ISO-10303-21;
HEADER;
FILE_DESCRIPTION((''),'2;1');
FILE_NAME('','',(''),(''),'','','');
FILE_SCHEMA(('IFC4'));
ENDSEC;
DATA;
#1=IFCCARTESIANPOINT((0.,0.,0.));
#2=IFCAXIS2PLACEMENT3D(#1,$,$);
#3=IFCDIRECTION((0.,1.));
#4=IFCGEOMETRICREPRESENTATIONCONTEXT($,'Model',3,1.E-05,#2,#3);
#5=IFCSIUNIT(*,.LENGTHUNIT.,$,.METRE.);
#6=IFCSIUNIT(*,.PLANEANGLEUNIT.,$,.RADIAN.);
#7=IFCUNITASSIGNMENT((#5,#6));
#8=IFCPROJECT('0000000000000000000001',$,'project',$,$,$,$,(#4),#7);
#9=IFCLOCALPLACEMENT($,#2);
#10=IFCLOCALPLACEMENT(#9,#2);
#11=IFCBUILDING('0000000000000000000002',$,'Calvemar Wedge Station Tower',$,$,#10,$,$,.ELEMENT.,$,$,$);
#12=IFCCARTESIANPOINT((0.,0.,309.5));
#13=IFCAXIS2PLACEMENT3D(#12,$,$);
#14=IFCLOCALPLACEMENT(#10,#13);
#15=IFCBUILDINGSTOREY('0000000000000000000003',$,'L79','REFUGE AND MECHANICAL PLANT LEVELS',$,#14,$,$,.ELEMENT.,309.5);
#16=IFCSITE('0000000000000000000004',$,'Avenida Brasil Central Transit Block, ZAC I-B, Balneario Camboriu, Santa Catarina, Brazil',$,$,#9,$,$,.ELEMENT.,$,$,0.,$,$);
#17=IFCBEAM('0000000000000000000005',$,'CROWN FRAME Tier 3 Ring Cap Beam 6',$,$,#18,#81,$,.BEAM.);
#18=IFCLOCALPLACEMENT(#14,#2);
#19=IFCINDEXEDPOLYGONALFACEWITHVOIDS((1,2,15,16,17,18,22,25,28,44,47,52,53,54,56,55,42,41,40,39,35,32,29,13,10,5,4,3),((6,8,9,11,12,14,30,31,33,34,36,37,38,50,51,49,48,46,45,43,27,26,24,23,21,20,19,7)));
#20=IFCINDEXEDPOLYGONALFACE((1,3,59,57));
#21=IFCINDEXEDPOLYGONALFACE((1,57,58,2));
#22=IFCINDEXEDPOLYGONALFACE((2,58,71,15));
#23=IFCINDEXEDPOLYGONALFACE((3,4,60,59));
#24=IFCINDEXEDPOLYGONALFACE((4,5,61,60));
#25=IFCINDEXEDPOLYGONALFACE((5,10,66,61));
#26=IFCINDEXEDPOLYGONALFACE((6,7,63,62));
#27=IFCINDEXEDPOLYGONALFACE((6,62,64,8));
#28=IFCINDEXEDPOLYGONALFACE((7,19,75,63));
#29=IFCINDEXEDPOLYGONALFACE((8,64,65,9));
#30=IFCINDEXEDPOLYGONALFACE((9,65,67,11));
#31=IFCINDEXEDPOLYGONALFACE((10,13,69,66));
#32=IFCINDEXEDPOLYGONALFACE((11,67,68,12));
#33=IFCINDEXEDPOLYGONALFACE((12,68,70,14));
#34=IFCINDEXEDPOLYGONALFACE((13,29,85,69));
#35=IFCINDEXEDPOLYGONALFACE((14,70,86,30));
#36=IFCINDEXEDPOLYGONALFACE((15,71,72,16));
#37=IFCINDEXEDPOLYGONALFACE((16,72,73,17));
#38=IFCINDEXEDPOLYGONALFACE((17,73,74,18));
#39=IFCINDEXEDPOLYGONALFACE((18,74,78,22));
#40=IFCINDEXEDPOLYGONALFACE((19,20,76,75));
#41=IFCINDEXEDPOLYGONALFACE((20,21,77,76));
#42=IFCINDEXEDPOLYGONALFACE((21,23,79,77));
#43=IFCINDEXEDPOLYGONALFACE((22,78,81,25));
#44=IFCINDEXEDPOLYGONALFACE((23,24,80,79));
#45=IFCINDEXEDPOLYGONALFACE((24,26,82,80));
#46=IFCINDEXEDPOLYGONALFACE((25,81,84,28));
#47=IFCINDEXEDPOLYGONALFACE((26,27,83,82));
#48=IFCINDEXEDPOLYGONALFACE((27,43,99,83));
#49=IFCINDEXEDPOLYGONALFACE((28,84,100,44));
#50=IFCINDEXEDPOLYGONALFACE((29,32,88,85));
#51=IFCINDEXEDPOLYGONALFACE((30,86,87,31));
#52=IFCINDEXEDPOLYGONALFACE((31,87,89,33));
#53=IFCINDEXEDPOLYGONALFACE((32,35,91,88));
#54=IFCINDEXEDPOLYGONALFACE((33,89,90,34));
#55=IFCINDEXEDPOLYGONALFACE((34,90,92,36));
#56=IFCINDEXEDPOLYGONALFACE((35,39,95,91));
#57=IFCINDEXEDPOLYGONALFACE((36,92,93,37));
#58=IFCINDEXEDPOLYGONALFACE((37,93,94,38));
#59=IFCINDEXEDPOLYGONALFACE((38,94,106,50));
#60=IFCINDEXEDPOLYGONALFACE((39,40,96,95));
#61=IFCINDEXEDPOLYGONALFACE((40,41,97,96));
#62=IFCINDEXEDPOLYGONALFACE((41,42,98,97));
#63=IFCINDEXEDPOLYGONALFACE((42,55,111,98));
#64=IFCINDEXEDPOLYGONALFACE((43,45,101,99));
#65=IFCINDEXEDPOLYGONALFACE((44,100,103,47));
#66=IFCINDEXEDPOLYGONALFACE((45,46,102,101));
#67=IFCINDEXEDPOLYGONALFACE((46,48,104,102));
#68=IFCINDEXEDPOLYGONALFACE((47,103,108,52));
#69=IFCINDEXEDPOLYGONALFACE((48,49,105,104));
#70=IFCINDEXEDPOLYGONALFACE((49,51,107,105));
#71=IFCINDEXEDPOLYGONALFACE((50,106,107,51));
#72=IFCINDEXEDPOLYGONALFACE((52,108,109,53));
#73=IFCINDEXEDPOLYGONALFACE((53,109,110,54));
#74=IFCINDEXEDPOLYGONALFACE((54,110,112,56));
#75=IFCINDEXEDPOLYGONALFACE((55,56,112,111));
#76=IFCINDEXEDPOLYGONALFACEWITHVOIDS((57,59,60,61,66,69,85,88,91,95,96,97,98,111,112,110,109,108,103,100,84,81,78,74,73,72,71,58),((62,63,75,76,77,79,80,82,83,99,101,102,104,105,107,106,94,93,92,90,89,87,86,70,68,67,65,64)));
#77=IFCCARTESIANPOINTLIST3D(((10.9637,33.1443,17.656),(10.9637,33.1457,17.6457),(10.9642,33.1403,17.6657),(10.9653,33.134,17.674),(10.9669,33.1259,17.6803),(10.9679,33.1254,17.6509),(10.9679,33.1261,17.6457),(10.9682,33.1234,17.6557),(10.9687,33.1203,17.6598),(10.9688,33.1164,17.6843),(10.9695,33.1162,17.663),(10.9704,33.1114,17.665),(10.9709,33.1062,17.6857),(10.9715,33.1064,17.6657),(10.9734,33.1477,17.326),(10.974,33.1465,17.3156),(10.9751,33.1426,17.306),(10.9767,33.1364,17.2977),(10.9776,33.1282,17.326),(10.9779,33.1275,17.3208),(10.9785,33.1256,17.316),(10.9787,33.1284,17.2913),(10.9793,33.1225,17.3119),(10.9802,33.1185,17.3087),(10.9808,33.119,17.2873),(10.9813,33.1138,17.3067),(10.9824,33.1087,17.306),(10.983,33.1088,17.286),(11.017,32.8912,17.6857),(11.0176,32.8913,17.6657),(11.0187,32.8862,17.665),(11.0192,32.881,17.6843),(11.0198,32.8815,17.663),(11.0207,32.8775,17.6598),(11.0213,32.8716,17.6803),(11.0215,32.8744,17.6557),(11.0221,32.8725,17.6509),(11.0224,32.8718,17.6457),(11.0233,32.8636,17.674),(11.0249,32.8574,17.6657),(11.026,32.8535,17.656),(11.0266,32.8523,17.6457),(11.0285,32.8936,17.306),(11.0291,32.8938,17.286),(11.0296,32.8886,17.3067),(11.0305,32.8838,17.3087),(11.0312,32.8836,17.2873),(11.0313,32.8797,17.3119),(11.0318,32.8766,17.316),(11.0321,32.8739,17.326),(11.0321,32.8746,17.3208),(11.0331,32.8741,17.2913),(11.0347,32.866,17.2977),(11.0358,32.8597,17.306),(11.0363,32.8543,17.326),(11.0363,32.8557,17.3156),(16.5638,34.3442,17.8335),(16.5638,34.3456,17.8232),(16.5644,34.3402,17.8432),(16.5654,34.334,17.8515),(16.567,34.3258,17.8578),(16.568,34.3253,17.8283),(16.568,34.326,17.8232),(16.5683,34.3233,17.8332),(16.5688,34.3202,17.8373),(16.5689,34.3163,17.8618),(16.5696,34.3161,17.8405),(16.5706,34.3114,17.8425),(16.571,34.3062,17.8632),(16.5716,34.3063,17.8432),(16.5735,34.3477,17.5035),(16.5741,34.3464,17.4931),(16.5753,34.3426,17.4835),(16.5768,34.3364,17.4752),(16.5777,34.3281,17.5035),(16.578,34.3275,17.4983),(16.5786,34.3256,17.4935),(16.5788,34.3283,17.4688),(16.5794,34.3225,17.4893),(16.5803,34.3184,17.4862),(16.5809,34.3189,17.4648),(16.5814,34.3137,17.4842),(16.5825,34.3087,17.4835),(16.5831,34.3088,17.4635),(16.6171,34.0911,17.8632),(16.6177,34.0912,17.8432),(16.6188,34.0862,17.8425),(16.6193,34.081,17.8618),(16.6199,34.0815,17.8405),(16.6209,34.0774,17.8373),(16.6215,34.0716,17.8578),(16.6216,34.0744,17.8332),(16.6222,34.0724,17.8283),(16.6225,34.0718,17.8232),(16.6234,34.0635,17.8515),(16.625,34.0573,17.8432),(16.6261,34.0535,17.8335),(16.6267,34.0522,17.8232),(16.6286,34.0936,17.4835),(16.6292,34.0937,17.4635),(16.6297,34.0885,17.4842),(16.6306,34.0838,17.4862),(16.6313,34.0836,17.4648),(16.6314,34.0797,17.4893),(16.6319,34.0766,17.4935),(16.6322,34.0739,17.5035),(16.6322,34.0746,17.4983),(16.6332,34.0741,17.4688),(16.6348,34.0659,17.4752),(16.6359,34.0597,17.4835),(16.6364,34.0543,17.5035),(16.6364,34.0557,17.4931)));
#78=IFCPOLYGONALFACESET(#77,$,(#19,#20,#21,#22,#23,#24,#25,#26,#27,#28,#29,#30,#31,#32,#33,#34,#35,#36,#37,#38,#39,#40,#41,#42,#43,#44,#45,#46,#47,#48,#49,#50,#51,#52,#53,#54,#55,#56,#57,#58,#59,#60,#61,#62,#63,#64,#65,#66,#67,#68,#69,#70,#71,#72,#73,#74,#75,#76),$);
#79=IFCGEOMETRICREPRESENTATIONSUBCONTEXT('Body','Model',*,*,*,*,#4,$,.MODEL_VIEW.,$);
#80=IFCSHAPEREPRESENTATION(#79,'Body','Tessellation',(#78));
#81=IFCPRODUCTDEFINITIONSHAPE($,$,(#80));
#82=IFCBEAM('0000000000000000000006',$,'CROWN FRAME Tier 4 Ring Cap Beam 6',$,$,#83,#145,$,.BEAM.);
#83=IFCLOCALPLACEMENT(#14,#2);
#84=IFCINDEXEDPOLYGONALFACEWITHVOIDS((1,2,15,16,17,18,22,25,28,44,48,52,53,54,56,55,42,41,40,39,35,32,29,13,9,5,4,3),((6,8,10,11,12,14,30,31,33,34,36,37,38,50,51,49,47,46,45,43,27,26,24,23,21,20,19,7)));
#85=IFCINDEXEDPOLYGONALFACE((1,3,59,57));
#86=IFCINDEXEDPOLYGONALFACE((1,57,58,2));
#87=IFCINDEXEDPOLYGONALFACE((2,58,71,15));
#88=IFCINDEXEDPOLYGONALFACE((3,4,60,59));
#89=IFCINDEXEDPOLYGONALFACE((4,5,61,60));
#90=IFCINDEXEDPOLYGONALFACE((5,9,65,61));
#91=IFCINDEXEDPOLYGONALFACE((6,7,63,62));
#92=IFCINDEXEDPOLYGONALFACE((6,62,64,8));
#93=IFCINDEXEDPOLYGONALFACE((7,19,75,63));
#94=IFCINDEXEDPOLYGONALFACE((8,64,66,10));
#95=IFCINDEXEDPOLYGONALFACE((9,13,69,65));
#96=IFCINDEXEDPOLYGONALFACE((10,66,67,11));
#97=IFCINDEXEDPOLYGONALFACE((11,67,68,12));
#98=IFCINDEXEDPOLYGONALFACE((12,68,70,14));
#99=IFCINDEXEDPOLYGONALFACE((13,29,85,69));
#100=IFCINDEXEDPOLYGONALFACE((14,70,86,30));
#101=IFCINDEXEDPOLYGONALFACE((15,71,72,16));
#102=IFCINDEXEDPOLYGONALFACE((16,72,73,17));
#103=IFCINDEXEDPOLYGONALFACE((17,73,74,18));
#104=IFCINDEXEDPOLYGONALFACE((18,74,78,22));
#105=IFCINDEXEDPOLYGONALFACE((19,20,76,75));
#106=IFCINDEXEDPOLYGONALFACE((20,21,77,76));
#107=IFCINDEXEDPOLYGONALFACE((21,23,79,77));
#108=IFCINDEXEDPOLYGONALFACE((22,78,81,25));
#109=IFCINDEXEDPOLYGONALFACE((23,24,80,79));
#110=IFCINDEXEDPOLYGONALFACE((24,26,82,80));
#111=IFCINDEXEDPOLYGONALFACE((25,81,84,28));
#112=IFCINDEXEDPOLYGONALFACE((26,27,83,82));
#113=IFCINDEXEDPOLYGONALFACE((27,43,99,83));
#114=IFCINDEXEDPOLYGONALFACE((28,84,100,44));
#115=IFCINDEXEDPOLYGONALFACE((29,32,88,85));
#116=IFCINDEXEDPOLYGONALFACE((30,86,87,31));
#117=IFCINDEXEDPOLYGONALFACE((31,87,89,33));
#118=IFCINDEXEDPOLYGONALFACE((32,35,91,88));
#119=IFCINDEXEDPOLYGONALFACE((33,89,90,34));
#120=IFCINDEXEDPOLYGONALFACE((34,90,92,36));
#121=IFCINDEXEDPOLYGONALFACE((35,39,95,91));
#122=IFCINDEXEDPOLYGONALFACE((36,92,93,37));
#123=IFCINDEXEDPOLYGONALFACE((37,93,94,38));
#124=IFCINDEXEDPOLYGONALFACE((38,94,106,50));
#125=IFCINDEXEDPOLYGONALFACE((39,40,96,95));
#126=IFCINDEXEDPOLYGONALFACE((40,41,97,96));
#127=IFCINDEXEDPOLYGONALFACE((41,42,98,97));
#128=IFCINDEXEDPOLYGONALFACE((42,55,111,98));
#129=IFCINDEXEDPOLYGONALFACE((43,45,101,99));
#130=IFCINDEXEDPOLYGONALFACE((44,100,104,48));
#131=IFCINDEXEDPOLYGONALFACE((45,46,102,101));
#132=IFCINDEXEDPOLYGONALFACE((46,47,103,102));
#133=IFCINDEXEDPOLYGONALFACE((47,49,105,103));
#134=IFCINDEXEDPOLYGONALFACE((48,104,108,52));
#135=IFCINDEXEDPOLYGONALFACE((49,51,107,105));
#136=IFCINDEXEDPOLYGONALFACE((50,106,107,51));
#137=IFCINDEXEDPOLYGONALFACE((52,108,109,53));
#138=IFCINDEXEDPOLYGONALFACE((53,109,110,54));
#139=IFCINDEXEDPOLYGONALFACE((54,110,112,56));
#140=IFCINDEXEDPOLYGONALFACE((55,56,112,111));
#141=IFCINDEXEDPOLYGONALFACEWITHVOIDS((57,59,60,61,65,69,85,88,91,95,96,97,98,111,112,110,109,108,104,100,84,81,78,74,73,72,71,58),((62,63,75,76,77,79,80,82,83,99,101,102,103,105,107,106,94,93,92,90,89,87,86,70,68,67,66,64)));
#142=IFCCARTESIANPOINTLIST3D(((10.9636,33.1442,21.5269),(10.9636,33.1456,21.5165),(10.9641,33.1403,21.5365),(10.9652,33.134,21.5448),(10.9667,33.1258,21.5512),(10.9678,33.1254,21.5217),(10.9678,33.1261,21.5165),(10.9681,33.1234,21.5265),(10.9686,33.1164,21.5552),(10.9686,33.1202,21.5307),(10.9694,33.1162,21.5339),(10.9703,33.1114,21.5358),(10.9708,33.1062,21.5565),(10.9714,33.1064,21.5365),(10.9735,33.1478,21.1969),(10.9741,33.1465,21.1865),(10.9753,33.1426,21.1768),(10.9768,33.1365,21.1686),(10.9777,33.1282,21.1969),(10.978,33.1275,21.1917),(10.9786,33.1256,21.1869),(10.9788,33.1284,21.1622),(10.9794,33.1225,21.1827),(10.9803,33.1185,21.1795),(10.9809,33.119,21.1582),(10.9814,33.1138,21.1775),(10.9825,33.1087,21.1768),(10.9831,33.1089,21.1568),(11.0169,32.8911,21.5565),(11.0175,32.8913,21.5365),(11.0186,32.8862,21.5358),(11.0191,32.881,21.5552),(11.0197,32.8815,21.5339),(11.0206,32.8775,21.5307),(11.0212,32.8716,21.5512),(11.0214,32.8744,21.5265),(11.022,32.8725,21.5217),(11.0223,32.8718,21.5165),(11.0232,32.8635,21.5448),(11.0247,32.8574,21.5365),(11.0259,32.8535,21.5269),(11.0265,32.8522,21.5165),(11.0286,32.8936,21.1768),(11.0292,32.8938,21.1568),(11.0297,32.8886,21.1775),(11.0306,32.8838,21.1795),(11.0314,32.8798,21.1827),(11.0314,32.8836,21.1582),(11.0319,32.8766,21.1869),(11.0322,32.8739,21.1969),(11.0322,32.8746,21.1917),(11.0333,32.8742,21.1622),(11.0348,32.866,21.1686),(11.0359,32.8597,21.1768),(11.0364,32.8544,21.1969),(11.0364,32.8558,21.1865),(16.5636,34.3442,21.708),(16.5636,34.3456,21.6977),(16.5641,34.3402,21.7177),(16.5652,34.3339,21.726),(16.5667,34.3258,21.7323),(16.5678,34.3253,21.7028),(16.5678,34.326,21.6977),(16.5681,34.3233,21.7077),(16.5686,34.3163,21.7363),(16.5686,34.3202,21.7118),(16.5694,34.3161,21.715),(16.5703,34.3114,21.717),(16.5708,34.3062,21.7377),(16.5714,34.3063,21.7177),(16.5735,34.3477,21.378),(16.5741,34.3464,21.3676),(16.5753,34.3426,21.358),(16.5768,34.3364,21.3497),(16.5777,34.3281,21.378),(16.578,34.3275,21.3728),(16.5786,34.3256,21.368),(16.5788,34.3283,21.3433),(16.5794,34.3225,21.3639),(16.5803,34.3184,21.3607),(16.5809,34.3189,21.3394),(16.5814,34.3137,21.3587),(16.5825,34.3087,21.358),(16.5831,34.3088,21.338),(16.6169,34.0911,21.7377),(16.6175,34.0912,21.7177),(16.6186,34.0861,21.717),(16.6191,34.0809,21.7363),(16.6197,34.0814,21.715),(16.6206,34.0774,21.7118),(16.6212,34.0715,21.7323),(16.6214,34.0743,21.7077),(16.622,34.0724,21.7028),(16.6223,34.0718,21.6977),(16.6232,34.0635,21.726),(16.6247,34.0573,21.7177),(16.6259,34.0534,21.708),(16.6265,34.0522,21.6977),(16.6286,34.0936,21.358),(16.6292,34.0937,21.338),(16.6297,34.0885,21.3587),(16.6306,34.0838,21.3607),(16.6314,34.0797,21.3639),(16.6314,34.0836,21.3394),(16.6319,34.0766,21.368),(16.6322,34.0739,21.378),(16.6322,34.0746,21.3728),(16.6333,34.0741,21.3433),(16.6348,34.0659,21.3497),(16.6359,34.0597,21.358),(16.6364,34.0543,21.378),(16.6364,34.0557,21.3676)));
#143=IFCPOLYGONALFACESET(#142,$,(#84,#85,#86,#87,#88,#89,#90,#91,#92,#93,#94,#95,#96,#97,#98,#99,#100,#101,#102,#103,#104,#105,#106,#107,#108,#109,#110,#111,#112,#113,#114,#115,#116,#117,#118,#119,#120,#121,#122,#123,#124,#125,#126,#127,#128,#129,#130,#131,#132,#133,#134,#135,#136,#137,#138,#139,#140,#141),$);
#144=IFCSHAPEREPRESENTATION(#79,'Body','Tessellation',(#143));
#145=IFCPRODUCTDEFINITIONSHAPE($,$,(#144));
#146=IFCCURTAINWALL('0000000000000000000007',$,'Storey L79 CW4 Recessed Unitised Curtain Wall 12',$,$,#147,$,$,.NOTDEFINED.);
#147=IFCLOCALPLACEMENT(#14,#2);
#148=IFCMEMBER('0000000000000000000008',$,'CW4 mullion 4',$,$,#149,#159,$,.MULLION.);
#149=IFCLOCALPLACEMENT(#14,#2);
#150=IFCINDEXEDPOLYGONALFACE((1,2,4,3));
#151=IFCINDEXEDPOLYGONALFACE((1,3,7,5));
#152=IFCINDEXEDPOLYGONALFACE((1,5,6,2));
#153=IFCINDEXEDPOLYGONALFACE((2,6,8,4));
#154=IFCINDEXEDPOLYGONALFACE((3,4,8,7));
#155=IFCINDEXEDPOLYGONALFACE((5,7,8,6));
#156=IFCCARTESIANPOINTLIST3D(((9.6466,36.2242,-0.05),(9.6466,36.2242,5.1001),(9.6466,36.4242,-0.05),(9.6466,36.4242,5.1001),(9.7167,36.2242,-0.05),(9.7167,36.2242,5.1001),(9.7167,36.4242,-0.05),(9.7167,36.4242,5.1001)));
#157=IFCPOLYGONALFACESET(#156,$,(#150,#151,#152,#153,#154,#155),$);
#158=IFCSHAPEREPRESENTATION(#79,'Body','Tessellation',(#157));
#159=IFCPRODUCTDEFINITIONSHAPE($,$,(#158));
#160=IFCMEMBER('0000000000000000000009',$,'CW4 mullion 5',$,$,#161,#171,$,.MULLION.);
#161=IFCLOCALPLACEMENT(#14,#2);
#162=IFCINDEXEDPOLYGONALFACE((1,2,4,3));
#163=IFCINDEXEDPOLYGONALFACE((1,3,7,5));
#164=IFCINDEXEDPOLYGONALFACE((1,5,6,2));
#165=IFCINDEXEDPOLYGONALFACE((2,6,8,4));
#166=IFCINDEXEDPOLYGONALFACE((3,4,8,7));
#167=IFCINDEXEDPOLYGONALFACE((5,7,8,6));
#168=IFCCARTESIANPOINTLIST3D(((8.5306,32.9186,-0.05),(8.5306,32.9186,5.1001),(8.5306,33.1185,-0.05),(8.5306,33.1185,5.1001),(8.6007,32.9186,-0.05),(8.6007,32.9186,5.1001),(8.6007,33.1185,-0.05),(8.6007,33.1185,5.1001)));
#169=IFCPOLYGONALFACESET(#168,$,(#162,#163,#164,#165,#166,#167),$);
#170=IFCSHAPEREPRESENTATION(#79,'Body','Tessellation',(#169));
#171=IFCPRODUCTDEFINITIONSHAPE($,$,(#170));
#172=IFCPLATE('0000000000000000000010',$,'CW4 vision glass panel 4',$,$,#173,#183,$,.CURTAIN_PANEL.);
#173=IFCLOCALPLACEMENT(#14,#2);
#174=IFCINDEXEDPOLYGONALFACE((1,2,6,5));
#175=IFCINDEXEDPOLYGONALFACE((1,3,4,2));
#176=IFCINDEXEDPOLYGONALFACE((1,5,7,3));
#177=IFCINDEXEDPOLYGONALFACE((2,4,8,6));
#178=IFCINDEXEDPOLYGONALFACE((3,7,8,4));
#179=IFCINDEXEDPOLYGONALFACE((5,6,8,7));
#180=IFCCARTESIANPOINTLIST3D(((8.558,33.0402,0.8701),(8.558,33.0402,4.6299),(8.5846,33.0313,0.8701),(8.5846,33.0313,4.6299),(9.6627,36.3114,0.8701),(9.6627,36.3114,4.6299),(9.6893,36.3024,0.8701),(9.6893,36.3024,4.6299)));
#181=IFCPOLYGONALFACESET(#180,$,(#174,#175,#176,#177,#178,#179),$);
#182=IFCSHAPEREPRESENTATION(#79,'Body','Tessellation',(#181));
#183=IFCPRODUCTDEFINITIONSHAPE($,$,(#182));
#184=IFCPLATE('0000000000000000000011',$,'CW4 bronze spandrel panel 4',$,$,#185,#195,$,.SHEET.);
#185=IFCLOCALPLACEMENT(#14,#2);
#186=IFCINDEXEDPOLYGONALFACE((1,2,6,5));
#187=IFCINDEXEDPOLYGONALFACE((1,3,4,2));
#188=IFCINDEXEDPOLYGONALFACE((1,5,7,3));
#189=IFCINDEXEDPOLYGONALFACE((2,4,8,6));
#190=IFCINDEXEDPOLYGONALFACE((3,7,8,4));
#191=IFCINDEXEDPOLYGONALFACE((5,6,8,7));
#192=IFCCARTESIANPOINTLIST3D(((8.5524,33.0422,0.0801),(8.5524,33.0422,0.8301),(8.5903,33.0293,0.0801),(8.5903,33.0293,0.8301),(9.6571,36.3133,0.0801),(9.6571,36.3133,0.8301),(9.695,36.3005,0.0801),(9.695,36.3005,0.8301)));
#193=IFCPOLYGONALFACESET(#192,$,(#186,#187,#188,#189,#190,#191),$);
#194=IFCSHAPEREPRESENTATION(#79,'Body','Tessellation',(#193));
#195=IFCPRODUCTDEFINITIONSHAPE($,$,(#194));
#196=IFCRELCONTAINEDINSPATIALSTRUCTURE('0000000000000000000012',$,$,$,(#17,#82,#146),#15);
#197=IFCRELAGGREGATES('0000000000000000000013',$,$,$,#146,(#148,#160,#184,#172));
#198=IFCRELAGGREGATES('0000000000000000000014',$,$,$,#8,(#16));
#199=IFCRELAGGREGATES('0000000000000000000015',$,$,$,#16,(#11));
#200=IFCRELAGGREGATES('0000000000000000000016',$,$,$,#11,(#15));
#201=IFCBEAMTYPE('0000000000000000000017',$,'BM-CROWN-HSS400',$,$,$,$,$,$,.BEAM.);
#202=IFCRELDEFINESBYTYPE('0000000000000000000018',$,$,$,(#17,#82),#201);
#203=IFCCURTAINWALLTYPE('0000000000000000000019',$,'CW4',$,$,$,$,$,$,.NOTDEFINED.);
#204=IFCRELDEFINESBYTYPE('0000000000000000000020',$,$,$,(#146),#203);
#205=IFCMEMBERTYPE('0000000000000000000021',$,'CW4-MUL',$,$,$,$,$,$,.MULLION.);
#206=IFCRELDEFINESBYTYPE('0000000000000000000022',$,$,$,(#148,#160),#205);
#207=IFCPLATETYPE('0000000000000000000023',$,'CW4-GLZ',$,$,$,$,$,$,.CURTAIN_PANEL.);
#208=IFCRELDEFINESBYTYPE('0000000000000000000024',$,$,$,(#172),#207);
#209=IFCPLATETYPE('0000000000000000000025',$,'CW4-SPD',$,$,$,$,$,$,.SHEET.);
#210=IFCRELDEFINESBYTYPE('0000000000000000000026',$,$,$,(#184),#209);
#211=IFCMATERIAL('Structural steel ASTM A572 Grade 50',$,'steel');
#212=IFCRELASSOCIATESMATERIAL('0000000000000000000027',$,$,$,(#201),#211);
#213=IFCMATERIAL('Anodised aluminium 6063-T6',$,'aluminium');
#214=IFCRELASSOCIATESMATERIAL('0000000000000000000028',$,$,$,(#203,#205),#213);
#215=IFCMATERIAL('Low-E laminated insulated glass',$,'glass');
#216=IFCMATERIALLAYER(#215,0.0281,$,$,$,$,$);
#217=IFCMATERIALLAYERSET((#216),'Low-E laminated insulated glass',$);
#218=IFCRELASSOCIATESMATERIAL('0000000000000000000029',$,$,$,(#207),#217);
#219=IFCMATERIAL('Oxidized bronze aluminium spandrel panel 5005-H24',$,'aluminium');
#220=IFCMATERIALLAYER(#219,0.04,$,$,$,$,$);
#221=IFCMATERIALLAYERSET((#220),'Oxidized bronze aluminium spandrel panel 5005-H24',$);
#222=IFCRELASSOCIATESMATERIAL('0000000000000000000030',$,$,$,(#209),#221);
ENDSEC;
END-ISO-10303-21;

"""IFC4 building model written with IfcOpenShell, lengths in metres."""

from ifc_helpers import new_model, si_unit, direction, frame, frame_2d, origin, origin_2d, place, context, subcontext, project, spatial, rectangle, hollow_rectangle, extrude, source, transform, mapped, material, layer, layer_set, material_profile, profile_set, type_object, element, aggregate, save


model = new_model("IFC4")

# Units and contexts
model_context = context("Model", 3, precision=1e-05, world=origin(), true_north=direction((0.0, 1.0)))
body_context = subcontext(model_context, "Body", "Model", "MODEL_VIEW")
ifc_project = project(units=[si_unit("LENGTHUNIT", "METRE"), si_unit("PLANEANGLEUNIT", "RADIAN")], contexts=[model_context])

# Site, building, storey
site_placement = place(None, origin())
site = spatial("IfcSite", under=ifc_project, at=site_placement, Name="Avenida Brasil Central Transit Block, ZAC I-B, Balneario Camboriu, Santa Catarina, Brazil", CompositionType="ELEMENT", RefElevation=0.0)
building_placement = place(site_placement, origin())
building = spatial("IfcBuilding", under=site, at=building_placement, Name="Calvemar Wedge Station Tower", CompositionType="ELEMENT")
storey_placement = place(building_placement, frame((0.0, 0.0, 309.5)))
storey = spatial("IfcBuildingStorey", under=building, at=storey_placement, Name="L79", Description="REFUGE AND MECHANICAL PLANT LEVELS", CompositionType="ELEMENT", Elevation=309.5)

# Shared definitions
ifc_material_1 = material(Name="Structural steel ASTM A572 Grade 50", Category="steel")

# Shared definitions
ifc_material_profile_1 = material_profile(ifc_material_1, hollow_rectangle(XDim=0.3, YDim=0.3999, WallThickness=0.02, InnerFilletRadius=0.02, OuterFilletRadius=0.04, at=origin_2d()), Name="HSS400x300x20")
ifc_profile_set_1 = profile_set([ifc_material_profile_1], Name="Structural steel ASTM A572 Grade 50")
beam_type_1 = type_object("IfcBeamType", Name="BM-CROWN-HSS400", PredefinedType="BEAM", material=ifc_profile_set_1)

# Beams
shared_shape_1 = source(origin(), body_context, "Body", "SweptSolid", [
    extrude(hollow_rectangle(XDim=0.3, YDim=0.3999, WallThickness=0.02, InnerFilletRadius=0.02, OuterFilletRadius=0.04, at=origin_2d()), origin(), (0.0, 0.0, 1.0), 5.73),
])
for number, where, z_axis, x_axis, name in (
    (1, (11.0, 33.0, 17.4858), (0.977336, 0.209417, 0.030976), (-0.209517, 0.977805, 0.0), "CROWN FRAME Tier 3 Ring Cap Beam 6"),
    (2, (11.0, 33.0, 21.3567), (0.977316, 0.209413, 0.031614), (-0.209517, 0.977805, 0.0), "CROWN FRAME Tier 4 Ring Cap Beam 6"),
):
    element("IfcBeam", number, at=place(storey_placement, frame(where, z_axis=z_axis, x_axis=x_axis)), inside=storey, type_object=beam_type_1, Name=name, PredefinedType="BEAM", context=body_context, shape_type="MappedRepresentation", body=[
        mapped(shared_shape_1, transform((0.0, 0.0, 0.0), scale=1.0)),
    ])

# Curtain wall, members, plates
ifc_material_2 = material(Name="Anodised aluminium 6063-T6", Category="aluminium")
curtain_wall_type = type_object("IfcCurtainWallType", Name="CW4", PredefinedType="NOTDEFINED", material=ifc_material_2)
curtain_wall_placement = place(storey_placement, origin())
curtain_wall = element("IfcCurtainWall", 3, at=curtain_wall_placement, inside=storey, type_object=curtain_wall_type, Name="Storey L79 CW4 Recessed Unitised Curtain Wall 12", PredefinedType="NOTDEFINED")
ifc_material_profile_2 = material_profile(ifc_material_2, rectangle(XDim=0.0701, YDim=0.2, at=origin_2d()), Name="AL-MUL-70x200")
ifc_profile_set_2 = profile_set([ifc_material_profile_2], Name="Anodised aluminium 6063-T6")
member_type_1 = type_object("IfcMemberType", Name="CW4-MUL", PredefinedType="MULLION", material=ifc_profile_set_2)
shared_shape_2 = source(origin(), body_context, "Body", "SweptSolid", [
    extrude(rectangle(XDim=0.0701, YDim=0.2, at=origin_2d()), origin(), (0.0, 0.0, 1.0), 5.1501),
])
member_1_placement = place(storey_placement, frame((9.6816, 36.3242, -0.05), z_axis=(0.0, 0.0, 1.0), x_axis=(1.0, 0.0, 0.0)))
member_1 = element("IfcMember", 4, at=member_1_placement, type_object=member_type_1, Name="CW4 mullion 4", PredefinedType="MULLION", context=body_context, shape_type="MappedRepresentation", body=[
    mapped(shared_shape_2, transform((0.0, 0.0, 0.0), scale=1.0)),
])
member_2_placement = place(storey_placement, frame((8.5657, 33.0186, -0.05), z_axis=(0.0, 0.0, 1.0), x_axis=(1.0, 0.0, 0.0)))
member_2 = element("IfcMember", 5, at=member_2_placement, type_object=member_type_1, Name="CW4 mullion 5", PredefinedType="MULLION", context=body_context, shape_type="MappedRepresentation", body=[
    mapped(shared_shape_2, transform((0.0, 0.0, 0.0), scale=1.0)),
])
ifc_material_3 = material(Name="Low-E laminated insulated glass", Category="glass")
ifc_layer_1 = layer(ifc_material_3, 0.0281)
ifc_layer_set_1 = layer_set([ifc_layer_1], Name="Low-E laminated insulated glass")
plate_type_1 = type_object("IfcPlateType", Name="CW4-GLZ", PredefinedType="CURTAIN_PANEL", material=ifc_layer_set_1)
plate_1_placement = place(storey_placement, frame((9.676, 36.3069, 0.8701), z_axis=(0.0, 0.0, 1.0), x_axis=(-0.319959, -0.947431, 0.0)))
plate_1 = element("IfcPlate", 6, at=plate_1_placement, type_object=plate_type_1, Name="CW4 vision glass panel 4", PredefinedType="CURTAIN_PANEL", context=body_context, shape_type="SweptSolid", body=[
    extrude(rectangle(XDim=3.4526, YDim=0.0281, at=frame_2d((1.7263, 0.0))), origin(), (0.0, 0.0, 1.0), 3.7598),
])
ifc_material_4 = material(Name="Oxidized bronze aluminium spandrel panel 5005-H24", Category="aluminium")
ifc_layer_2 = layer(ifc_material_4, 0.04)
ifc_layer_set_2 = layer_set([ifc_layer_2], Name="Oxidized bronze aluminium spandrel panel 5005-H24")
plate_type_2 = type_object("IfcPlateType", Name="CW4-SPD", PredefinedType="SHEET", material=ifc_layer_set_2)
plate_2_placement = place(storey_placement, frame((9.676, 36.3069, 0.0801), z_axis=(0.0, 0.0, 1.0), x_axis=(-0.319959, -0.947431, 0.0)))
plate_2 = element("IfcPlate", 7, at=plate_2_placement, type_object=plate_type_2, Name="CW4 bronze spandrel panel 4", PredefinedType="SHEET", context=body_context, shape_type="SweptSolid", body=[
    extrude(rectangle(XDim=3.4526, YDim=0.04, at=frame_2d((1.7263, 0.0))), origin(), (0.0, 0.0, 1.0), 0.75),
])
aggregate(curtain_wall, [member_1, member_2, plate_2, plate_1])

save(model, "model.ifc")
